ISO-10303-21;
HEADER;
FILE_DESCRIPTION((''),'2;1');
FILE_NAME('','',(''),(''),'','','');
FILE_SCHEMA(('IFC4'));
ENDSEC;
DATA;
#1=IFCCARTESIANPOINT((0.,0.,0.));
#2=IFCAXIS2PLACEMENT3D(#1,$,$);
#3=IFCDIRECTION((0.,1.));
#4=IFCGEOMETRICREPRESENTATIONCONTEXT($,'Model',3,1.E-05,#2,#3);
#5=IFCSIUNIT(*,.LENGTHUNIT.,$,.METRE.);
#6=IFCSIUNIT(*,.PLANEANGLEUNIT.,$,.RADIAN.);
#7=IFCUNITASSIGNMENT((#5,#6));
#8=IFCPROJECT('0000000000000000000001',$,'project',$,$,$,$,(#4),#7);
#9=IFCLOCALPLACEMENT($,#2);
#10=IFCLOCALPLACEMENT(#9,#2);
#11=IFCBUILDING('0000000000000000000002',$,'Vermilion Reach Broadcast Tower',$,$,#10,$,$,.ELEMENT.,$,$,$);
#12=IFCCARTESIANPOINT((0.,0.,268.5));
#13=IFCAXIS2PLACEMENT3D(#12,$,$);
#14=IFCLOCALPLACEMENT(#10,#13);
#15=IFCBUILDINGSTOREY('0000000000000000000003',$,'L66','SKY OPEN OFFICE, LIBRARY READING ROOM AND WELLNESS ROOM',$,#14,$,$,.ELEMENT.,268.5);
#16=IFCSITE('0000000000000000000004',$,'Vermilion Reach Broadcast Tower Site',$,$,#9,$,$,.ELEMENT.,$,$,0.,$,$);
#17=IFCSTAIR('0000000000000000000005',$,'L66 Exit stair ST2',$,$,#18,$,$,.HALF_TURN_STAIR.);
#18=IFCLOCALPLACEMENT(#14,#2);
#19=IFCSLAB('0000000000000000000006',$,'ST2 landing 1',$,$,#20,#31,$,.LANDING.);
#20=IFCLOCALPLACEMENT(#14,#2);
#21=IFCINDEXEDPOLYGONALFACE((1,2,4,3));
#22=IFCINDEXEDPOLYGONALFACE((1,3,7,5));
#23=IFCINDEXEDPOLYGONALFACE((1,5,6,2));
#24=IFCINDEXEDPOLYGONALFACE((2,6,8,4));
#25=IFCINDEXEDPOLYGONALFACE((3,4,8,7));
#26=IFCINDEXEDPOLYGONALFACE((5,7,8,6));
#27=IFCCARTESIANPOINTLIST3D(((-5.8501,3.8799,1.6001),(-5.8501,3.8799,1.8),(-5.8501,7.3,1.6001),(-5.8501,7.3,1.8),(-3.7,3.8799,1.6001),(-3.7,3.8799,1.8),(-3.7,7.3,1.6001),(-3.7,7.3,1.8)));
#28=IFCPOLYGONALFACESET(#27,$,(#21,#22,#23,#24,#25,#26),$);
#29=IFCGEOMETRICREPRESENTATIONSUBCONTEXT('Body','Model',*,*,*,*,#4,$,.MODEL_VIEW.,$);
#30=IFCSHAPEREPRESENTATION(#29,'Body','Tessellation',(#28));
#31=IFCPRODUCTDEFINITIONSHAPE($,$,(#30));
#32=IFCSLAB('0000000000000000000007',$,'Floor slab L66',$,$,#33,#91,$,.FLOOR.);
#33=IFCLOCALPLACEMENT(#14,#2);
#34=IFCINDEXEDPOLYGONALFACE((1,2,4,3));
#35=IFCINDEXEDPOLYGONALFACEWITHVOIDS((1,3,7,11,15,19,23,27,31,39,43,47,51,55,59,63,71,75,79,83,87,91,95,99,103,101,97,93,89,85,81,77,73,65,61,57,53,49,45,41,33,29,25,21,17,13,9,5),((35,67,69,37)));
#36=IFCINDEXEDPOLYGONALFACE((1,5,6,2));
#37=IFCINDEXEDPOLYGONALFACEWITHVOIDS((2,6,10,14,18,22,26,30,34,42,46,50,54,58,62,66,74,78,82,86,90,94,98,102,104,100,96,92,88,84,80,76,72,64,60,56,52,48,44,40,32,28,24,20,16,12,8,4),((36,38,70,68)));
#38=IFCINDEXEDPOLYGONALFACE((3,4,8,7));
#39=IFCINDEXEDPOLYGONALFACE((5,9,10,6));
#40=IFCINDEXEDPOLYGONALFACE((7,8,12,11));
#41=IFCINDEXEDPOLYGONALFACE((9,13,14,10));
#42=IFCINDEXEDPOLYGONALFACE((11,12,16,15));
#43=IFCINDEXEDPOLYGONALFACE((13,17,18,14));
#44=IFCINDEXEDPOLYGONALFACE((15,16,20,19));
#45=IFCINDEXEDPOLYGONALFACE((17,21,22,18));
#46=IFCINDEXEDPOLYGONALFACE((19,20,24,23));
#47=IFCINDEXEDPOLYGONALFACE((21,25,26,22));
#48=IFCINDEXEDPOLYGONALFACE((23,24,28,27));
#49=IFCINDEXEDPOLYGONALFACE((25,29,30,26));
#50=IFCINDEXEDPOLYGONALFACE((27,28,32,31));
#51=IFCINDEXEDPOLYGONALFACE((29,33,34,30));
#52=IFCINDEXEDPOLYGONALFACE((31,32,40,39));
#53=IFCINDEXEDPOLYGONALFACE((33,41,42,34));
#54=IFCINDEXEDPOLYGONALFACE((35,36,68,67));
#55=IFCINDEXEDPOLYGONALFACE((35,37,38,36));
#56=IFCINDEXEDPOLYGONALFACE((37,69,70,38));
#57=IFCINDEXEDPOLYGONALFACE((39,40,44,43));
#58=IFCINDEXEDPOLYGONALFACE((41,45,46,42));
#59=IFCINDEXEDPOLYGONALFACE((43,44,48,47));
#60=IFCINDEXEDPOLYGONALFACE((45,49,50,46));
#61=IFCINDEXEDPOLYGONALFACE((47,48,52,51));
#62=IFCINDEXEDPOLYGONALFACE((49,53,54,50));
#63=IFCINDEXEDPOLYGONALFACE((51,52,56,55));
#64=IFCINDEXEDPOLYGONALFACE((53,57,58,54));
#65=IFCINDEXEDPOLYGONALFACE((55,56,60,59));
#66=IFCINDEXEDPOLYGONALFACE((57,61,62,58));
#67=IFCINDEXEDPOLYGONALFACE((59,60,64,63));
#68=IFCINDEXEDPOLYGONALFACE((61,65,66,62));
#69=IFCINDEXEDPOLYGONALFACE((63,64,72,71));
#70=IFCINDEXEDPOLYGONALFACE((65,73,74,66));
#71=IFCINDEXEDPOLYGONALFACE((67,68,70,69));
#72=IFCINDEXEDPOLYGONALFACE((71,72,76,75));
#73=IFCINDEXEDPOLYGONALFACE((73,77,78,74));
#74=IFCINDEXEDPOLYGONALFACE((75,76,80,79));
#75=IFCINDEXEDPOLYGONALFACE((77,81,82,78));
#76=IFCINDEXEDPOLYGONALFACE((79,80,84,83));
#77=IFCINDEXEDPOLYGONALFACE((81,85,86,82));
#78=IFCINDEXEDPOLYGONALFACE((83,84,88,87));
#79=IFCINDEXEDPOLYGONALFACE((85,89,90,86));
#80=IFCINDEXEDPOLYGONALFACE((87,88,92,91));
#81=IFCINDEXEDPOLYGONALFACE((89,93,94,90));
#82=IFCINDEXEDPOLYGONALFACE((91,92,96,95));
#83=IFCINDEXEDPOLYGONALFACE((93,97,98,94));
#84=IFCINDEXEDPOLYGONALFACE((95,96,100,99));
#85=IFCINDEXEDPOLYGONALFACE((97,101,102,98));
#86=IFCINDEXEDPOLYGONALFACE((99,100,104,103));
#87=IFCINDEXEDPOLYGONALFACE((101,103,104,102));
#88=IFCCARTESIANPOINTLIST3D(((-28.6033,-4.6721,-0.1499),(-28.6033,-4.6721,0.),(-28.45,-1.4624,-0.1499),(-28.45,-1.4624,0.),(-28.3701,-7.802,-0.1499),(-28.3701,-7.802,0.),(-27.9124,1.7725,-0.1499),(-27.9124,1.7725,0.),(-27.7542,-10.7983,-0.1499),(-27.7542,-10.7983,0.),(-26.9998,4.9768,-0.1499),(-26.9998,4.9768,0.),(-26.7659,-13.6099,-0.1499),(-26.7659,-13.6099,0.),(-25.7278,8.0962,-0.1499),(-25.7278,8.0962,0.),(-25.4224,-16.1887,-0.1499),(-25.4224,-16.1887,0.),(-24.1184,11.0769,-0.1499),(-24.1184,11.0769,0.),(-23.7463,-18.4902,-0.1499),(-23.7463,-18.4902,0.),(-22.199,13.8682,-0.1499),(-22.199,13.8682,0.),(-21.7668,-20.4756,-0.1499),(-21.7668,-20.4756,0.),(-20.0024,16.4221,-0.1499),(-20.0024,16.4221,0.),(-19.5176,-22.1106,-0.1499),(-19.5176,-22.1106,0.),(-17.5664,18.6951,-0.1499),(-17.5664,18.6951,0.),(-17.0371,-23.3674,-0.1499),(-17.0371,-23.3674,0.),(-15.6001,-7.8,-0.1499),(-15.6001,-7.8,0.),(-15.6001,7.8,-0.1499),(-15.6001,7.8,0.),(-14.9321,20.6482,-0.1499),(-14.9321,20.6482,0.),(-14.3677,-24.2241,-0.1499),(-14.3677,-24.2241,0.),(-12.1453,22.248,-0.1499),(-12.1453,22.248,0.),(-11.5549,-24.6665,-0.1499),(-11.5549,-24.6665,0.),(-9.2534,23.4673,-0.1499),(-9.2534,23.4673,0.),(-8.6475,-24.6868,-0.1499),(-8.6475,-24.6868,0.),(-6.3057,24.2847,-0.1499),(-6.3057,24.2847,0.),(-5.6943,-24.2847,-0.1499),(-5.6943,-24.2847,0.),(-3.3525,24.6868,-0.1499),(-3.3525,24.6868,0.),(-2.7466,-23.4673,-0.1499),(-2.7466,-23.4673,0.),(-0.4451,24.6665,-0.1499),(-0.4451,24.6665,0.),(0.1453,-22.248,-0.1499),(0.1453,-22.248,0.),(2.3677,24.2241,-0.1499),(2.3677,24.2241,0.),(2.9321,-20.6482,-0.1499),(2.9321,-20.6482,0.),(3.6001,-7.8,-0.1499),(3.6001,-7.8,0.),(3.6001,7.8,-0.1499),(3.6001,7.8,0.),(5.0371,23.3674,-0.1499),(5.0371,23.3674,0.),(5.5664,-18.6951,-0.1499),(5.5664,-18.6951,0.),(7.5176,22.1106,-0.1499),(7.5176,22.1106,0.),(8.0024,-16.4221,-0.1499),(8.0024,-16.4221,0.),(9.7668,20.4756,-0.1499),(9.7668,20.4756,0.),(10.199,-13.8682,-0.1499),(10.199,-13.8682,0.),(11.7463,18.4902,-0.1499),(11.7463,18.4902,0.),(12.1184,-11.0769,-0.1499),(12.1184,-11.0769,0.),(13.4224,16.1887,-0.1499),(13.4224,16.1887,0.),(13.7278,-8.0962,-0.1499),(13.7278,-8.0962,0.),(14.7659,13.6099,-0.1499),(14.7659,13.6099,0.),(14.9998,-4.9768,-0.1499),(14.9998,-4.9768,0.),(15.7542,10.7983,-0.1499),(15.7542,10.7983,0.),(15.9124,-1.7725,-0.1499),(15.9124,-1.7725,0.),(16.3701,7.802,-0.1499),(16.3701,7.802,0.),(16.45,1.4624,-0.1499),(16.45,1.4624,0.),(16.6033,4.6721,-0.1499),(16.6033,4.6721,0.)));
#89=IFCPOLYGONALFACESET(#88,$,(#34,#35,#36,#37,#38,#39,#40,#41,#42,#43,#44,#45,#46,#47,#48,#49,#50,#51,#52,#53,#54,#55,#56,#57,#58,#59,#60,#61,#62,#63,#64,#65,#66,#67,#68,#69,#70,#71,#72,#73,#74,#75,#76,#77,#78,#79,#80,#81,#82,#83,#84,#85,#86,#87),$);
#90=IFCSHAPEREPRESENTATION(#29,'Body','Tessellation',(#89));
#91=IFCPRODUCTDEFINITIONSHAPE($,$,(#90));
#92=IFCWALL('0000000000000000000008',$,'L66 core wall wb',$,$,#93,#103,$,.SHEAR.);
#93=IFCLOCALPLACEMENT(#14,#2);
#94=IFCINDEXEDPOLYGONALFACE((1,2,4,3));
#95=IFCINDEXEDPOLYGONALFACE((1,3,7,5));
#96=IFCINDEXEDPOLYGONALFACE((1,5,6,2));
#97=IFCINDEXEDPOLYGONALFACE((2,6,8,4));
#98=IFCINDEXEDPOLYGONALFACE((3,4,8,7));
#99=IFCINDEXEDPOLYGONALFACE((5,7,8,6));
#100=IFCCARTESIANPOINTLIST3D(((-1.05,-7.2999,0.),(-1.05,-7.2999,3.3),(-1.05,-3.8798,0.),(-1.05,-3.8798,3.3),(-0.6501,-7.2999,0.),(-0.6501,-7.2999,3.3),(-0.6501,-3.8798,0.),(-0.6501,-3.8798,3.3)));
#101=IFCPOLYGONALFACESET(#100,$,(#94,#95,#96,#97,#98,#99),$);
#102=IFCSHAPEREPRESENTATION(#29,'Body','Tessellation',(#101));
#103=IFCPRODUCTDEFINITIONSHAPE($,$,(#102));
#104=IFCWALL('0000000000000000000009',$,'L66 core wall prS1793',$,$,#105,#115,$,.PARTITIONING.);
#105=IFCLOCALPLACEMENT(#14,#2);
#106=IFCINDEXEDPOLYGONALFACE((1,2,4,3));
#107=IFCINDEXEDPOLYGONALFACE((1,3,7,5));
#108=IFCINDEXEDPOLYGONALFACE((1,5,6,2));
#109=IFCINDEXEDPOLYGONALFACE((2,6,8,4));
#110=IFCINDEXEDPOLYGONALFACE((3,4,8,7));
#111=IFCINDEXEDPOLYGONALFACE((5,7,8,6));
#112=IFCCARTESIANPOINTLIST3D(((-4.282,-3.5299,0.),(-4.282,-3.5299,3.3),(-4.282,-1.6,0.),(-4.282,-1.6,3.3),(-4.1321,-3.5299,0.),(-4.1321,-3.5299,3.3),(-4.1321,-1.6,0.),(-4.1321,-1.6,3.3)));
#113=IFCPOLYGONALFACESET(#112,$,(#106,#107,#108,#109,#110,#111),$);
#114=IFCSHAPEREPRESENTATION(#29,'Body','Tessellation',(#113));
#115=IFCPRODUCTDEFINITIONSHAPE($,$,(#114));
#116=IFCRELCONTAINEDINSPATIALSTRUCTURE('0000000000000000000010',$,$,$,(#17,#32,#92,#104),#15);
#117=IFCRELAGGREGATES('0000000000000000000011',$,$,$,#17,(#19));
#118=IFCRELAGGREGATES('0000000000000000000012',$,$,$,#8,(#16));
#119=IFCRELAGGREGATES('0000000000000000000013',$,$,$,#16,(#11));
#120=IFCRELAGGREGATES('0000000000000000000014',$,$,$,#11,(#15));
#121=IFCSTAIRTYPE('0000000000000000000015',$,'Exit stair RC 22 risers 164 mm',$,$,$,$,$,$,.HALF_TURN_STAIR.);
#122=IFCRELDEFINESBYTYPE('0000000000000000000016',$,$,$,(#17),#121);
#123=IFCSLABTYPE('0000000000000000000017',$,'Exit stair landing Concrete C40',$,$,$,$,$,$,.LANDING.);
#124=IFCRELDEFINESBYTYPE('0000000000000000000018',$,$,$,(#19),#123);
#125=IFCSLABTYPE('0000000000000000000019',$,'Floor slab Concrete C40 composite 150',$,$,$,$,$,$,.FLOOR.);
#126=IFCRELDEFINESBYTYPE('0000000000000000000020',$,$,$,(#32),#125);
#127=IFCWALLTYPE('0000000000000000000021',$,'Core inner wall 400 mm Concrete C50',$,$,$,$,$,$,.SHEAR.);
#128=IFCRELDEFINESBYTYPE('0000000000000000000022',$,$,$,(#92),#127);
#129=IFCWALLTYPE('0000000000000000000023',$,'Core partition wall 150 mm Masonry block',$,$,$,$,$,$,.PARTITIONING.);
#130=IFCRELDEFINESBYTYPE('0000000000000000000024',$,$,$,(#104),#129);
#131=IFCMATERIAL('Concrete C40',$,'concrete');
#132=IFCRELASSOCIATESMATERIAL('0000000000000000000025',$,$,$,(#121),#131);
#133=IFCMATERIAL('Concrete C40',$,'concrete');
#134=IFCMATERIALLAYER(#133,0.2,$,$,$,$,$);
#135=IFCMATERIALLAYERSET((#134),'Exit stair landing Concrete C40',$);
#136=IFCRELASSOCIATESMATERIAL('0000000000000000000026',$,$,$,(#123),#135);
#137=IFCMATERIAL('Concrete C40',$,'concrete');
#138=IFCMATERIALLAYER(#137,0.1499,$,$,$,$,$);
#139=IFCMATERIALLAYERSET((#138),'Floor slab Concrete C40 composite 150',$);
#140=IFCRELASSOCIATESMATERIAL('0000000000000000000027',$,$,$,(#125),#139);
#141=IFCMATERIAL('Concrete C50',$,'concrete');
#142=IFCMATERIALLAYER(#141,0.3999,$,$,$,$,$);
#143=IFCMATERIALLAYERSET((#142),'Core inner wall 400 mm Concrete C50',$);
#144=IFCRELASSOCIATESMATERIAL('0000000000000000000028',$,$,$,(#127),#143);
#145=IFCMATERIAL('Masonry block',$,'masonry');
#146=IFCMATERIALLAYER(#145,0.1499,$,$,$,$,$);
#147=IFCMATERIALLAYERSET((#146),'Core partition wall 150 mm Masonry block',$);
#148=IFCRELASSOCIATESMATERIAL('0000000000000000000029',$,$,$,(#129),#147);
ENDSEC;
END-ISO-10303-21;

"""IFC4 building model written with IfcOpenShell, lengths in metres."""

from ifc_helpers import new_model, si_unit, direction, frame, frame_2d, origin, place, context, subcontext, project, spatial, polyline, rectangle, outline, extrude, material, layer, layer_set, type_object, element, aggregate, save


model = new_model("IFC4")

# Units and contexts
model_context = context("Model", 3, precision=1e-05, world=origin(), true_north=direction((0.0, 1.0)))
body_context = subcontext(model_context, "Body", "Model", "MODEL_VIEW")
ifc_project = project(units=[si_unit("LENGTHUNIT", "METRE"), si_unit("PLANEANGLEUNIT", "RADIAN")], contexts=[model_context])

# Site, building, storey
site_placement = place(None, origin())
site = spatial("IfcSite", under=ifc_project, at=site_placement, Name="Vermilion Reach Broadcast Tower Site", CompositionType="ELEMENT", RefElevation=0.0)
building_placement = place(site_placement, origin())
building = spatial("IfcBuilding", under=site, at=building_placement, Name="Vermilion Reach Broadcast Tower", CompositionType="ELEMENT")
storey_placement = place(building_placement, frame((0.0, 0.0, 268.5)))
storey = spatial("IfcBuildingStorey", under=building, at=storey_placement, Name="L66", Description="SKY OPEN OFFICE, LIBRARY READING ROOM AND WELLNESS ROOM", CompositionType="ELEMENT", Elevation=268.5)

# Stair, slab
ifc_material_1 = material(Name="Concrete C40", Category="concrete")
stair_type = type_object("IfcStairType", Name="Exit stair RC 22 risers 164 mm", PredefinedType="HALF_TURN_STAIR", material=ifc_material_1)
placement_1 = place(storey_placement, origin())
ifc_material_2 = material(Name="Concrete C40", Category="concrete")
ifc_layer_1 = layer(ifc_material_2, 0.2)
ifc_layer_set_1 = layer_set([ifc_layer_1], Name="Exit stair landing Concrete C40")
slab_type_1 = type_object("IfcSlabType", Name="Exit stair landing Concrete C40", PredefinedType="LANDING", material=ifc_layer_set_1)
placement_2 = place(storey_placement, frame((0.0, 0.0, 1.6001)))
stair_1 = element("IfcStair", 1, at=placement_1, inside=storey, type_object=stair_type, Name="L66 Exit stair ST2", PredefinedType="HALF_TURN_STAIR")
slab_1 = element("IfcSlab", 2, at=placement_2, type_object=slab_type_1, Name="ST2 landing 1", PredefinedType="LANDING", context=body_context, shape_type="SweptSolid", body=[
    extrude(outline(polyline([(-3.7, 7.3), (-5.8501, 7.3), (-5.8501, 3.8799), (-3.7, 3.8799), (-3.7, 7.3)])), origin(), (0.0, 0.0, 1.0), 0.2),
])
aggregate(stair_1, [slab_1])

# Slab
ifc_material_3 = material(Name="Concrete C40", Category="concrete")
ifc_layer_2 = layer(ifc_material_3, 0.1499)
ifc_layer_set_2 = layer_set([ifc_layer_2], Name="Floor slab Concrete C40 composite 150")
slab_type_2 = type_object("IfcSlabType", Name="Floor slab Concrete C40 composite 150", PredefinedType="FLOOR", material=ifc_layer_set_2)
slab_2_placement = place(storey_placement, frame((0.0, 0.0, -0.1499)))
element("IfcSlab", 3, at=slab_2_placement, inside=storey, type_object=slab_type_2, Name="Floor slab L66", PredefinedType="FLOOR", context=body_context, shape_type="SweptSolid", body=[
    extrude(outline(polyline([(7.5176, 22.1106), (5.0371, 23.3674), (2.3677, 24.2241), (-0.4451, 24.6665), (-3.3525, 24.6868), (-6.3057, 24.2847), (-9.2534, 23.4673), (-12.1453, 22.248), (-14.9321, 20.6482), (-17.5664, 18.6951), (-20.0024, 16.4221), (-22.199, 13.8682), (-24.1184, 11.0769), (-25.7278, 8.0962), (-26.9998, 4.9768), (-27.9124, 1.7725), (-28.45, -1.4624), (-28.6033, -4.6721), (-28.3701, -7.802), (-27.7542, -10.7983), (-26.7659, -13.6099), (-25.4224, -16.1887), (-23.7463, -18.4902), (-21.7668, -20.4756), (-19.5176, -22.1106), (-17.0371, -23.3674), (-14.3677, -24.2241), (-11.5549, -24.6665), (-8.6475, -24.6868), (-5.6943, -24.2847), (-2.7466, -23.4673), (0.1453, -22.248), (2.9321, -20.6482), (5.5664, -18.6951), (8.0024, -16.4221), (10.199, -13.8682), (12.1184, -11.0769), (13.7278, -8.0962), (14.9998, -4.9768), (15.9124, -1.7725), (16.45, 1.4624), (16.6033, 4.6721), (16.3701, 7.802), (15.7542, 10.7983), (14.7659, 13.6099), (13.4224, 16.1887), (11.7463, 18.4902), (9.7668, 20.4756), (7.5176, 22.1106)]), holes=[polyline([(-15.6001, -7.8), (3.6001, -7.8), (3.6001, 7.8), (-15.6001, 7.8), (-15.6001, -7.8)])]), origin(), (0.0, 0.0, 1.0), 0.1499),
])

# Walls
ifc_material_4 = material(Name="Concrete C50", Category="concrete")
ifc_layer_3 = layer(ifc_material_4, 0.3999)
ifc_layer_set_3 = layer_set([ifc_layer_3], Name="Core inner wall 400 mm Concrete C50")
wall_type_1 = type_object("IfcWallType", Name="Core inner wall 400 mm Concrete C50", PredefinedType="SHEAR", material=ifc_layer_set_3)
wall_1_placement = place(storey_placement, frame((-0.8501, -3.8799, 0.0), z_axis=(0.0, 0.0, 1.0), x_axis=(0.0, -1.0, 0.0)))
element("IfcWall", 4, at=wall_1_placement, inside=storey, type_object=wall_type_1, Name="L66 core wall wb", PredefinedType="SHEAR", context=body_context, shape_type="SweptSolid", body=[
    extrude(rectangle(XDim=3.4202, YDim=0.3999, at=frame_2d((1.71, 0.0))), origin(), (0.0, 0.0, 1.0), 3.3),
])
ifc_material_5 = material(Name="Masonry block", Category="masonry")
ifc_layer_4 = layer(ifc_material_5, 0.1499)
ifc_layer_set_4 = layer_set([ifc_layer_4], Name="Core partition wall 150 mm Masonry block")
wall_type_2 = type_object("IfcWallType", Name="Core partition wall 150 mm Masonry block", PredefinedType="PARTITIONING", material=ifc_layer_set_4)
wall_2_placement = place(storey_placement, frame((-4.207, -1.6001, 0.0), z_axis=(0.0, 0.0, 1.0), x_axis=(0.0, -1.0, 0.0)))
element("IfcWall", 5, at=wall_2_placement, inside=storey, type_object=wall_type_2, Name="L66 core wall prS1793", PredefinedType="PARTITIONING", context=body_context, shape_type="SweptSolid", body=[
    extrude(rectangle(XDim=1.9299, YDim=0.1499, at=frame_2d((0.9648, 0.0))), origin(), (0.0, 0.0, 1.0), 3.3),
])

save(model, "model.ifc")
